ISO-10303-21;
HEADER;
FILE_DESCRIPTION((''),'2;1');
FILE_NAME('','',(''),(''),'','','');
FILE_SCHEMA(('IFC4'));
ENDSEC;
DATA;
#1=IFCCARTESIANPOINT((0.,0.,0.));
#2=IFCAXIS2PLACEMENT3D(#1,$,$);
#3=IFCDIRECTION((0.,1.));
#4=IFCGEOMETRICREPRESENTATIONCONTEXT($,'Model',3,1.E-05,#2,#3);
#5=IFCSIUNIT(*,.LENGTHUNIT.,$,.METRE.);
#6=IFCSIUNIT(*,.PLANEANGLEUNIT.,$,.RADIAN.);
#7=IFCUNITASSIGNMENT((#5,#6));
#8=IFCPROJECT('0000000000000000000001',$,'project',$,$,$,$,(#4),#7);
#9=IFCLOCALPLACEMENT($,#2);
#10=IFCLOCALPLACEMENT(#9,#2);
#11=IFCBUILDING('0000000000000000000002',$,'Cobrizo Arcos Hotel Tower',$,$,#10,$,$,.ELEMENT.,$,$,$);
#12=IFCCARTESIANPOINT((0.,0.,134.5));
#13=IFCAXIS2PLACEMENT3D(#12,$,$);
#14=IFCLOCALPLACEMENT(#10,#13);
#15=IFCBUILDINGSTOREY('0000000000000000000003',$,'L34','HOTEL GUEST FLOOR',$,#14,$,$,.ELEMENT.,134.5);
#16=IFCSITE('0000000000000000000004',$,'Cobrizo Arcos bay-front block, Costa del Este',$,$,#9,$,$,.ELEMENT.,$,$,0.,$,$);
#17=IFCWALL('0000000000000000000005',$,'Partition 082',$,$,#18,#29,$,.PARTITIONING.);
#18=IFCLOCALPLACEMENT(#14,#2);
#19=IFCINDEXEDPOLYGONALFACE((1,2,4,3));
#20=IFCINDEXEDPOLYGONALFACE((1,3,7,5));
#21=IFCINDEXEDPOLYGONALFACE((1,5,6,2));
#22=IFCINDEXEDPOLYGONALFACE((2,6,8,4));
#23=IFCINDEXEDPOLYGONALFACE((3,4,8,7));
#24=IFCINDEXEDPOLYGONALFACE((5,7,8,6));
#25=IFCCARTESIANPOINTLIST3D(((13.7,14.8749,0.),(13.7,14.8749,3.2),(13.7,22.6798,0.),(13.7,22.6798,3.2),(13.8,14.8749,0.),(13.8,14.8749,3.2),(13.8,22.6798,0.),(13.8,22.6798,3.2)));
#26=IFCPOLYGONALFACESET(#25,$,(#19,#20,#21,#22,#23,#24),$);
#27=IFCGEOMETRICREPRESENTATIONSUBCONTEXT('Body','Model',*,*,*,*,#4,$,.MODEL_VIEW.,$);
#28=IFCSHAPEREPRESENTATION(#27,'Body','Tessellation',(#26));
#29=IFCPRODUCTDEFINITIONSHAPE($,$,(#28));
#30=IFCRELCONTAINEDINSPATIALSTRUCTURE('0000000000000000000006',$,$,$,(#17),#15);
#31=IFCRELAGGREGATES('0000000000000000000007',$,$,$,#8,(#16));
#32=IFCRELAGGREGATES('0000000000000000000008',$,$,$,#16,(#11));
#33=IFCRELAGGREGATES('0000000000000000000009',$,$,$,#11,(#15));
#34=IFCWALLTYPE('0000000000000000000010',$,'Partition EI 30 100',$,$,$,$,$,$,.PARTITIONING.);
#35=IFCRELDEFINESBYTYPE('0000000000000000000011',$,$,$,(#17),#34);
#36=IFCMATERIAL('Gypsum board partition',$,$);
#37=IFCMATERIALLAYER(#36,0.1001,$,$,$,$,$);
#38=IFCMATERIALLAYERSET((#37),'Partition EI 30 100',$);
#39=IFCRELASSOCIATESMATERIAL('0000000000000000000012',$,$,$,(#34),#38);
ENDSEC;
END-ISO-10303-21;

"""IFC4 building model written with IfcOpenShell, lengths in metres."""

from ifc_helpers import new_model, si_unit, direction, frame, frame_2d, origin, place, context, subcontext, project, spatial, rectangle, extrude, material, layer, layer_set, type_object, element, save


model = new_model("IFC4")

# Units and contexts
model_context = context("Model", 3, precision=1e-05, world=origin(), true_north=direction((0.0, 1.0)))
body_context = subcontext(model_context, "Body", "Model", "MODEL_VIEW")
ifc_project = project(units=[si_unit("LENGTHUNIT", "METRE"), si_unit("PLANEANGLEUNIT", "RADIAN")], contexts=[model_context])

# Site, building, storey
site_placement = place(None, origin())
site = spatial("IfcSite", under=ifc_project, at=site_placement, Name="Cobrizo Arcos bay-front block, Costa del Este", CompositionType="ELEMENT", RefElevation=0.0)
building_placement = place(site_placement, origin())
building = spatial("IfcBuilding", under=site, at=building_placement, Name="Cobrizo Arcos Hotel Tower", CompositionType="ELEMENT")
storey_placement = place(building_placement, frame((0.0, 0.0, 134.5)))
storey = spatial("IfcBuildingStorey", under=building, at=storey_placement, Name="L34", Description="HOTEL GUEST FLOOR", CompositionType="ELEMENT", Elevation=134.5)

# Shared definitions
ifc_material_1 = material(Name="Gypsum board partition")

# Wall
ifc_layer_1 = layer(ifc_material_1, 0.1001)
ifc_layer_set_1 = layer_set([ifc_layer_1], Name="Partition EI 30 100")
wall_type_1 = type_object("IfcWallType", Name="Partition EI 30 100", PredefinedType="PARTITIONING", material=ifc_layer_set_1)
wall_1_placement = place(storey_placement, frame((13.75, 14.875, 0.0), z_axis=(0.0, 0.0, 1.0), x_axis=(0.0, 1.0, 0.0)))
element("IfcWall", 1, at=wall_1_placement, inside=storey, type_object=wall_type_1, Name="Partition 082", PredefinedType="PARTITIONING", context=body_context, shape_type="SweptSolid", body=[
    extrude(rectangle(XDim=7.8049, YDim=0.1001, at=frame_2d((3.9023, 0.0))), origin(), (0.0, 0.0, 1.0), 3.2),
])

save(model, "model.ifc")
